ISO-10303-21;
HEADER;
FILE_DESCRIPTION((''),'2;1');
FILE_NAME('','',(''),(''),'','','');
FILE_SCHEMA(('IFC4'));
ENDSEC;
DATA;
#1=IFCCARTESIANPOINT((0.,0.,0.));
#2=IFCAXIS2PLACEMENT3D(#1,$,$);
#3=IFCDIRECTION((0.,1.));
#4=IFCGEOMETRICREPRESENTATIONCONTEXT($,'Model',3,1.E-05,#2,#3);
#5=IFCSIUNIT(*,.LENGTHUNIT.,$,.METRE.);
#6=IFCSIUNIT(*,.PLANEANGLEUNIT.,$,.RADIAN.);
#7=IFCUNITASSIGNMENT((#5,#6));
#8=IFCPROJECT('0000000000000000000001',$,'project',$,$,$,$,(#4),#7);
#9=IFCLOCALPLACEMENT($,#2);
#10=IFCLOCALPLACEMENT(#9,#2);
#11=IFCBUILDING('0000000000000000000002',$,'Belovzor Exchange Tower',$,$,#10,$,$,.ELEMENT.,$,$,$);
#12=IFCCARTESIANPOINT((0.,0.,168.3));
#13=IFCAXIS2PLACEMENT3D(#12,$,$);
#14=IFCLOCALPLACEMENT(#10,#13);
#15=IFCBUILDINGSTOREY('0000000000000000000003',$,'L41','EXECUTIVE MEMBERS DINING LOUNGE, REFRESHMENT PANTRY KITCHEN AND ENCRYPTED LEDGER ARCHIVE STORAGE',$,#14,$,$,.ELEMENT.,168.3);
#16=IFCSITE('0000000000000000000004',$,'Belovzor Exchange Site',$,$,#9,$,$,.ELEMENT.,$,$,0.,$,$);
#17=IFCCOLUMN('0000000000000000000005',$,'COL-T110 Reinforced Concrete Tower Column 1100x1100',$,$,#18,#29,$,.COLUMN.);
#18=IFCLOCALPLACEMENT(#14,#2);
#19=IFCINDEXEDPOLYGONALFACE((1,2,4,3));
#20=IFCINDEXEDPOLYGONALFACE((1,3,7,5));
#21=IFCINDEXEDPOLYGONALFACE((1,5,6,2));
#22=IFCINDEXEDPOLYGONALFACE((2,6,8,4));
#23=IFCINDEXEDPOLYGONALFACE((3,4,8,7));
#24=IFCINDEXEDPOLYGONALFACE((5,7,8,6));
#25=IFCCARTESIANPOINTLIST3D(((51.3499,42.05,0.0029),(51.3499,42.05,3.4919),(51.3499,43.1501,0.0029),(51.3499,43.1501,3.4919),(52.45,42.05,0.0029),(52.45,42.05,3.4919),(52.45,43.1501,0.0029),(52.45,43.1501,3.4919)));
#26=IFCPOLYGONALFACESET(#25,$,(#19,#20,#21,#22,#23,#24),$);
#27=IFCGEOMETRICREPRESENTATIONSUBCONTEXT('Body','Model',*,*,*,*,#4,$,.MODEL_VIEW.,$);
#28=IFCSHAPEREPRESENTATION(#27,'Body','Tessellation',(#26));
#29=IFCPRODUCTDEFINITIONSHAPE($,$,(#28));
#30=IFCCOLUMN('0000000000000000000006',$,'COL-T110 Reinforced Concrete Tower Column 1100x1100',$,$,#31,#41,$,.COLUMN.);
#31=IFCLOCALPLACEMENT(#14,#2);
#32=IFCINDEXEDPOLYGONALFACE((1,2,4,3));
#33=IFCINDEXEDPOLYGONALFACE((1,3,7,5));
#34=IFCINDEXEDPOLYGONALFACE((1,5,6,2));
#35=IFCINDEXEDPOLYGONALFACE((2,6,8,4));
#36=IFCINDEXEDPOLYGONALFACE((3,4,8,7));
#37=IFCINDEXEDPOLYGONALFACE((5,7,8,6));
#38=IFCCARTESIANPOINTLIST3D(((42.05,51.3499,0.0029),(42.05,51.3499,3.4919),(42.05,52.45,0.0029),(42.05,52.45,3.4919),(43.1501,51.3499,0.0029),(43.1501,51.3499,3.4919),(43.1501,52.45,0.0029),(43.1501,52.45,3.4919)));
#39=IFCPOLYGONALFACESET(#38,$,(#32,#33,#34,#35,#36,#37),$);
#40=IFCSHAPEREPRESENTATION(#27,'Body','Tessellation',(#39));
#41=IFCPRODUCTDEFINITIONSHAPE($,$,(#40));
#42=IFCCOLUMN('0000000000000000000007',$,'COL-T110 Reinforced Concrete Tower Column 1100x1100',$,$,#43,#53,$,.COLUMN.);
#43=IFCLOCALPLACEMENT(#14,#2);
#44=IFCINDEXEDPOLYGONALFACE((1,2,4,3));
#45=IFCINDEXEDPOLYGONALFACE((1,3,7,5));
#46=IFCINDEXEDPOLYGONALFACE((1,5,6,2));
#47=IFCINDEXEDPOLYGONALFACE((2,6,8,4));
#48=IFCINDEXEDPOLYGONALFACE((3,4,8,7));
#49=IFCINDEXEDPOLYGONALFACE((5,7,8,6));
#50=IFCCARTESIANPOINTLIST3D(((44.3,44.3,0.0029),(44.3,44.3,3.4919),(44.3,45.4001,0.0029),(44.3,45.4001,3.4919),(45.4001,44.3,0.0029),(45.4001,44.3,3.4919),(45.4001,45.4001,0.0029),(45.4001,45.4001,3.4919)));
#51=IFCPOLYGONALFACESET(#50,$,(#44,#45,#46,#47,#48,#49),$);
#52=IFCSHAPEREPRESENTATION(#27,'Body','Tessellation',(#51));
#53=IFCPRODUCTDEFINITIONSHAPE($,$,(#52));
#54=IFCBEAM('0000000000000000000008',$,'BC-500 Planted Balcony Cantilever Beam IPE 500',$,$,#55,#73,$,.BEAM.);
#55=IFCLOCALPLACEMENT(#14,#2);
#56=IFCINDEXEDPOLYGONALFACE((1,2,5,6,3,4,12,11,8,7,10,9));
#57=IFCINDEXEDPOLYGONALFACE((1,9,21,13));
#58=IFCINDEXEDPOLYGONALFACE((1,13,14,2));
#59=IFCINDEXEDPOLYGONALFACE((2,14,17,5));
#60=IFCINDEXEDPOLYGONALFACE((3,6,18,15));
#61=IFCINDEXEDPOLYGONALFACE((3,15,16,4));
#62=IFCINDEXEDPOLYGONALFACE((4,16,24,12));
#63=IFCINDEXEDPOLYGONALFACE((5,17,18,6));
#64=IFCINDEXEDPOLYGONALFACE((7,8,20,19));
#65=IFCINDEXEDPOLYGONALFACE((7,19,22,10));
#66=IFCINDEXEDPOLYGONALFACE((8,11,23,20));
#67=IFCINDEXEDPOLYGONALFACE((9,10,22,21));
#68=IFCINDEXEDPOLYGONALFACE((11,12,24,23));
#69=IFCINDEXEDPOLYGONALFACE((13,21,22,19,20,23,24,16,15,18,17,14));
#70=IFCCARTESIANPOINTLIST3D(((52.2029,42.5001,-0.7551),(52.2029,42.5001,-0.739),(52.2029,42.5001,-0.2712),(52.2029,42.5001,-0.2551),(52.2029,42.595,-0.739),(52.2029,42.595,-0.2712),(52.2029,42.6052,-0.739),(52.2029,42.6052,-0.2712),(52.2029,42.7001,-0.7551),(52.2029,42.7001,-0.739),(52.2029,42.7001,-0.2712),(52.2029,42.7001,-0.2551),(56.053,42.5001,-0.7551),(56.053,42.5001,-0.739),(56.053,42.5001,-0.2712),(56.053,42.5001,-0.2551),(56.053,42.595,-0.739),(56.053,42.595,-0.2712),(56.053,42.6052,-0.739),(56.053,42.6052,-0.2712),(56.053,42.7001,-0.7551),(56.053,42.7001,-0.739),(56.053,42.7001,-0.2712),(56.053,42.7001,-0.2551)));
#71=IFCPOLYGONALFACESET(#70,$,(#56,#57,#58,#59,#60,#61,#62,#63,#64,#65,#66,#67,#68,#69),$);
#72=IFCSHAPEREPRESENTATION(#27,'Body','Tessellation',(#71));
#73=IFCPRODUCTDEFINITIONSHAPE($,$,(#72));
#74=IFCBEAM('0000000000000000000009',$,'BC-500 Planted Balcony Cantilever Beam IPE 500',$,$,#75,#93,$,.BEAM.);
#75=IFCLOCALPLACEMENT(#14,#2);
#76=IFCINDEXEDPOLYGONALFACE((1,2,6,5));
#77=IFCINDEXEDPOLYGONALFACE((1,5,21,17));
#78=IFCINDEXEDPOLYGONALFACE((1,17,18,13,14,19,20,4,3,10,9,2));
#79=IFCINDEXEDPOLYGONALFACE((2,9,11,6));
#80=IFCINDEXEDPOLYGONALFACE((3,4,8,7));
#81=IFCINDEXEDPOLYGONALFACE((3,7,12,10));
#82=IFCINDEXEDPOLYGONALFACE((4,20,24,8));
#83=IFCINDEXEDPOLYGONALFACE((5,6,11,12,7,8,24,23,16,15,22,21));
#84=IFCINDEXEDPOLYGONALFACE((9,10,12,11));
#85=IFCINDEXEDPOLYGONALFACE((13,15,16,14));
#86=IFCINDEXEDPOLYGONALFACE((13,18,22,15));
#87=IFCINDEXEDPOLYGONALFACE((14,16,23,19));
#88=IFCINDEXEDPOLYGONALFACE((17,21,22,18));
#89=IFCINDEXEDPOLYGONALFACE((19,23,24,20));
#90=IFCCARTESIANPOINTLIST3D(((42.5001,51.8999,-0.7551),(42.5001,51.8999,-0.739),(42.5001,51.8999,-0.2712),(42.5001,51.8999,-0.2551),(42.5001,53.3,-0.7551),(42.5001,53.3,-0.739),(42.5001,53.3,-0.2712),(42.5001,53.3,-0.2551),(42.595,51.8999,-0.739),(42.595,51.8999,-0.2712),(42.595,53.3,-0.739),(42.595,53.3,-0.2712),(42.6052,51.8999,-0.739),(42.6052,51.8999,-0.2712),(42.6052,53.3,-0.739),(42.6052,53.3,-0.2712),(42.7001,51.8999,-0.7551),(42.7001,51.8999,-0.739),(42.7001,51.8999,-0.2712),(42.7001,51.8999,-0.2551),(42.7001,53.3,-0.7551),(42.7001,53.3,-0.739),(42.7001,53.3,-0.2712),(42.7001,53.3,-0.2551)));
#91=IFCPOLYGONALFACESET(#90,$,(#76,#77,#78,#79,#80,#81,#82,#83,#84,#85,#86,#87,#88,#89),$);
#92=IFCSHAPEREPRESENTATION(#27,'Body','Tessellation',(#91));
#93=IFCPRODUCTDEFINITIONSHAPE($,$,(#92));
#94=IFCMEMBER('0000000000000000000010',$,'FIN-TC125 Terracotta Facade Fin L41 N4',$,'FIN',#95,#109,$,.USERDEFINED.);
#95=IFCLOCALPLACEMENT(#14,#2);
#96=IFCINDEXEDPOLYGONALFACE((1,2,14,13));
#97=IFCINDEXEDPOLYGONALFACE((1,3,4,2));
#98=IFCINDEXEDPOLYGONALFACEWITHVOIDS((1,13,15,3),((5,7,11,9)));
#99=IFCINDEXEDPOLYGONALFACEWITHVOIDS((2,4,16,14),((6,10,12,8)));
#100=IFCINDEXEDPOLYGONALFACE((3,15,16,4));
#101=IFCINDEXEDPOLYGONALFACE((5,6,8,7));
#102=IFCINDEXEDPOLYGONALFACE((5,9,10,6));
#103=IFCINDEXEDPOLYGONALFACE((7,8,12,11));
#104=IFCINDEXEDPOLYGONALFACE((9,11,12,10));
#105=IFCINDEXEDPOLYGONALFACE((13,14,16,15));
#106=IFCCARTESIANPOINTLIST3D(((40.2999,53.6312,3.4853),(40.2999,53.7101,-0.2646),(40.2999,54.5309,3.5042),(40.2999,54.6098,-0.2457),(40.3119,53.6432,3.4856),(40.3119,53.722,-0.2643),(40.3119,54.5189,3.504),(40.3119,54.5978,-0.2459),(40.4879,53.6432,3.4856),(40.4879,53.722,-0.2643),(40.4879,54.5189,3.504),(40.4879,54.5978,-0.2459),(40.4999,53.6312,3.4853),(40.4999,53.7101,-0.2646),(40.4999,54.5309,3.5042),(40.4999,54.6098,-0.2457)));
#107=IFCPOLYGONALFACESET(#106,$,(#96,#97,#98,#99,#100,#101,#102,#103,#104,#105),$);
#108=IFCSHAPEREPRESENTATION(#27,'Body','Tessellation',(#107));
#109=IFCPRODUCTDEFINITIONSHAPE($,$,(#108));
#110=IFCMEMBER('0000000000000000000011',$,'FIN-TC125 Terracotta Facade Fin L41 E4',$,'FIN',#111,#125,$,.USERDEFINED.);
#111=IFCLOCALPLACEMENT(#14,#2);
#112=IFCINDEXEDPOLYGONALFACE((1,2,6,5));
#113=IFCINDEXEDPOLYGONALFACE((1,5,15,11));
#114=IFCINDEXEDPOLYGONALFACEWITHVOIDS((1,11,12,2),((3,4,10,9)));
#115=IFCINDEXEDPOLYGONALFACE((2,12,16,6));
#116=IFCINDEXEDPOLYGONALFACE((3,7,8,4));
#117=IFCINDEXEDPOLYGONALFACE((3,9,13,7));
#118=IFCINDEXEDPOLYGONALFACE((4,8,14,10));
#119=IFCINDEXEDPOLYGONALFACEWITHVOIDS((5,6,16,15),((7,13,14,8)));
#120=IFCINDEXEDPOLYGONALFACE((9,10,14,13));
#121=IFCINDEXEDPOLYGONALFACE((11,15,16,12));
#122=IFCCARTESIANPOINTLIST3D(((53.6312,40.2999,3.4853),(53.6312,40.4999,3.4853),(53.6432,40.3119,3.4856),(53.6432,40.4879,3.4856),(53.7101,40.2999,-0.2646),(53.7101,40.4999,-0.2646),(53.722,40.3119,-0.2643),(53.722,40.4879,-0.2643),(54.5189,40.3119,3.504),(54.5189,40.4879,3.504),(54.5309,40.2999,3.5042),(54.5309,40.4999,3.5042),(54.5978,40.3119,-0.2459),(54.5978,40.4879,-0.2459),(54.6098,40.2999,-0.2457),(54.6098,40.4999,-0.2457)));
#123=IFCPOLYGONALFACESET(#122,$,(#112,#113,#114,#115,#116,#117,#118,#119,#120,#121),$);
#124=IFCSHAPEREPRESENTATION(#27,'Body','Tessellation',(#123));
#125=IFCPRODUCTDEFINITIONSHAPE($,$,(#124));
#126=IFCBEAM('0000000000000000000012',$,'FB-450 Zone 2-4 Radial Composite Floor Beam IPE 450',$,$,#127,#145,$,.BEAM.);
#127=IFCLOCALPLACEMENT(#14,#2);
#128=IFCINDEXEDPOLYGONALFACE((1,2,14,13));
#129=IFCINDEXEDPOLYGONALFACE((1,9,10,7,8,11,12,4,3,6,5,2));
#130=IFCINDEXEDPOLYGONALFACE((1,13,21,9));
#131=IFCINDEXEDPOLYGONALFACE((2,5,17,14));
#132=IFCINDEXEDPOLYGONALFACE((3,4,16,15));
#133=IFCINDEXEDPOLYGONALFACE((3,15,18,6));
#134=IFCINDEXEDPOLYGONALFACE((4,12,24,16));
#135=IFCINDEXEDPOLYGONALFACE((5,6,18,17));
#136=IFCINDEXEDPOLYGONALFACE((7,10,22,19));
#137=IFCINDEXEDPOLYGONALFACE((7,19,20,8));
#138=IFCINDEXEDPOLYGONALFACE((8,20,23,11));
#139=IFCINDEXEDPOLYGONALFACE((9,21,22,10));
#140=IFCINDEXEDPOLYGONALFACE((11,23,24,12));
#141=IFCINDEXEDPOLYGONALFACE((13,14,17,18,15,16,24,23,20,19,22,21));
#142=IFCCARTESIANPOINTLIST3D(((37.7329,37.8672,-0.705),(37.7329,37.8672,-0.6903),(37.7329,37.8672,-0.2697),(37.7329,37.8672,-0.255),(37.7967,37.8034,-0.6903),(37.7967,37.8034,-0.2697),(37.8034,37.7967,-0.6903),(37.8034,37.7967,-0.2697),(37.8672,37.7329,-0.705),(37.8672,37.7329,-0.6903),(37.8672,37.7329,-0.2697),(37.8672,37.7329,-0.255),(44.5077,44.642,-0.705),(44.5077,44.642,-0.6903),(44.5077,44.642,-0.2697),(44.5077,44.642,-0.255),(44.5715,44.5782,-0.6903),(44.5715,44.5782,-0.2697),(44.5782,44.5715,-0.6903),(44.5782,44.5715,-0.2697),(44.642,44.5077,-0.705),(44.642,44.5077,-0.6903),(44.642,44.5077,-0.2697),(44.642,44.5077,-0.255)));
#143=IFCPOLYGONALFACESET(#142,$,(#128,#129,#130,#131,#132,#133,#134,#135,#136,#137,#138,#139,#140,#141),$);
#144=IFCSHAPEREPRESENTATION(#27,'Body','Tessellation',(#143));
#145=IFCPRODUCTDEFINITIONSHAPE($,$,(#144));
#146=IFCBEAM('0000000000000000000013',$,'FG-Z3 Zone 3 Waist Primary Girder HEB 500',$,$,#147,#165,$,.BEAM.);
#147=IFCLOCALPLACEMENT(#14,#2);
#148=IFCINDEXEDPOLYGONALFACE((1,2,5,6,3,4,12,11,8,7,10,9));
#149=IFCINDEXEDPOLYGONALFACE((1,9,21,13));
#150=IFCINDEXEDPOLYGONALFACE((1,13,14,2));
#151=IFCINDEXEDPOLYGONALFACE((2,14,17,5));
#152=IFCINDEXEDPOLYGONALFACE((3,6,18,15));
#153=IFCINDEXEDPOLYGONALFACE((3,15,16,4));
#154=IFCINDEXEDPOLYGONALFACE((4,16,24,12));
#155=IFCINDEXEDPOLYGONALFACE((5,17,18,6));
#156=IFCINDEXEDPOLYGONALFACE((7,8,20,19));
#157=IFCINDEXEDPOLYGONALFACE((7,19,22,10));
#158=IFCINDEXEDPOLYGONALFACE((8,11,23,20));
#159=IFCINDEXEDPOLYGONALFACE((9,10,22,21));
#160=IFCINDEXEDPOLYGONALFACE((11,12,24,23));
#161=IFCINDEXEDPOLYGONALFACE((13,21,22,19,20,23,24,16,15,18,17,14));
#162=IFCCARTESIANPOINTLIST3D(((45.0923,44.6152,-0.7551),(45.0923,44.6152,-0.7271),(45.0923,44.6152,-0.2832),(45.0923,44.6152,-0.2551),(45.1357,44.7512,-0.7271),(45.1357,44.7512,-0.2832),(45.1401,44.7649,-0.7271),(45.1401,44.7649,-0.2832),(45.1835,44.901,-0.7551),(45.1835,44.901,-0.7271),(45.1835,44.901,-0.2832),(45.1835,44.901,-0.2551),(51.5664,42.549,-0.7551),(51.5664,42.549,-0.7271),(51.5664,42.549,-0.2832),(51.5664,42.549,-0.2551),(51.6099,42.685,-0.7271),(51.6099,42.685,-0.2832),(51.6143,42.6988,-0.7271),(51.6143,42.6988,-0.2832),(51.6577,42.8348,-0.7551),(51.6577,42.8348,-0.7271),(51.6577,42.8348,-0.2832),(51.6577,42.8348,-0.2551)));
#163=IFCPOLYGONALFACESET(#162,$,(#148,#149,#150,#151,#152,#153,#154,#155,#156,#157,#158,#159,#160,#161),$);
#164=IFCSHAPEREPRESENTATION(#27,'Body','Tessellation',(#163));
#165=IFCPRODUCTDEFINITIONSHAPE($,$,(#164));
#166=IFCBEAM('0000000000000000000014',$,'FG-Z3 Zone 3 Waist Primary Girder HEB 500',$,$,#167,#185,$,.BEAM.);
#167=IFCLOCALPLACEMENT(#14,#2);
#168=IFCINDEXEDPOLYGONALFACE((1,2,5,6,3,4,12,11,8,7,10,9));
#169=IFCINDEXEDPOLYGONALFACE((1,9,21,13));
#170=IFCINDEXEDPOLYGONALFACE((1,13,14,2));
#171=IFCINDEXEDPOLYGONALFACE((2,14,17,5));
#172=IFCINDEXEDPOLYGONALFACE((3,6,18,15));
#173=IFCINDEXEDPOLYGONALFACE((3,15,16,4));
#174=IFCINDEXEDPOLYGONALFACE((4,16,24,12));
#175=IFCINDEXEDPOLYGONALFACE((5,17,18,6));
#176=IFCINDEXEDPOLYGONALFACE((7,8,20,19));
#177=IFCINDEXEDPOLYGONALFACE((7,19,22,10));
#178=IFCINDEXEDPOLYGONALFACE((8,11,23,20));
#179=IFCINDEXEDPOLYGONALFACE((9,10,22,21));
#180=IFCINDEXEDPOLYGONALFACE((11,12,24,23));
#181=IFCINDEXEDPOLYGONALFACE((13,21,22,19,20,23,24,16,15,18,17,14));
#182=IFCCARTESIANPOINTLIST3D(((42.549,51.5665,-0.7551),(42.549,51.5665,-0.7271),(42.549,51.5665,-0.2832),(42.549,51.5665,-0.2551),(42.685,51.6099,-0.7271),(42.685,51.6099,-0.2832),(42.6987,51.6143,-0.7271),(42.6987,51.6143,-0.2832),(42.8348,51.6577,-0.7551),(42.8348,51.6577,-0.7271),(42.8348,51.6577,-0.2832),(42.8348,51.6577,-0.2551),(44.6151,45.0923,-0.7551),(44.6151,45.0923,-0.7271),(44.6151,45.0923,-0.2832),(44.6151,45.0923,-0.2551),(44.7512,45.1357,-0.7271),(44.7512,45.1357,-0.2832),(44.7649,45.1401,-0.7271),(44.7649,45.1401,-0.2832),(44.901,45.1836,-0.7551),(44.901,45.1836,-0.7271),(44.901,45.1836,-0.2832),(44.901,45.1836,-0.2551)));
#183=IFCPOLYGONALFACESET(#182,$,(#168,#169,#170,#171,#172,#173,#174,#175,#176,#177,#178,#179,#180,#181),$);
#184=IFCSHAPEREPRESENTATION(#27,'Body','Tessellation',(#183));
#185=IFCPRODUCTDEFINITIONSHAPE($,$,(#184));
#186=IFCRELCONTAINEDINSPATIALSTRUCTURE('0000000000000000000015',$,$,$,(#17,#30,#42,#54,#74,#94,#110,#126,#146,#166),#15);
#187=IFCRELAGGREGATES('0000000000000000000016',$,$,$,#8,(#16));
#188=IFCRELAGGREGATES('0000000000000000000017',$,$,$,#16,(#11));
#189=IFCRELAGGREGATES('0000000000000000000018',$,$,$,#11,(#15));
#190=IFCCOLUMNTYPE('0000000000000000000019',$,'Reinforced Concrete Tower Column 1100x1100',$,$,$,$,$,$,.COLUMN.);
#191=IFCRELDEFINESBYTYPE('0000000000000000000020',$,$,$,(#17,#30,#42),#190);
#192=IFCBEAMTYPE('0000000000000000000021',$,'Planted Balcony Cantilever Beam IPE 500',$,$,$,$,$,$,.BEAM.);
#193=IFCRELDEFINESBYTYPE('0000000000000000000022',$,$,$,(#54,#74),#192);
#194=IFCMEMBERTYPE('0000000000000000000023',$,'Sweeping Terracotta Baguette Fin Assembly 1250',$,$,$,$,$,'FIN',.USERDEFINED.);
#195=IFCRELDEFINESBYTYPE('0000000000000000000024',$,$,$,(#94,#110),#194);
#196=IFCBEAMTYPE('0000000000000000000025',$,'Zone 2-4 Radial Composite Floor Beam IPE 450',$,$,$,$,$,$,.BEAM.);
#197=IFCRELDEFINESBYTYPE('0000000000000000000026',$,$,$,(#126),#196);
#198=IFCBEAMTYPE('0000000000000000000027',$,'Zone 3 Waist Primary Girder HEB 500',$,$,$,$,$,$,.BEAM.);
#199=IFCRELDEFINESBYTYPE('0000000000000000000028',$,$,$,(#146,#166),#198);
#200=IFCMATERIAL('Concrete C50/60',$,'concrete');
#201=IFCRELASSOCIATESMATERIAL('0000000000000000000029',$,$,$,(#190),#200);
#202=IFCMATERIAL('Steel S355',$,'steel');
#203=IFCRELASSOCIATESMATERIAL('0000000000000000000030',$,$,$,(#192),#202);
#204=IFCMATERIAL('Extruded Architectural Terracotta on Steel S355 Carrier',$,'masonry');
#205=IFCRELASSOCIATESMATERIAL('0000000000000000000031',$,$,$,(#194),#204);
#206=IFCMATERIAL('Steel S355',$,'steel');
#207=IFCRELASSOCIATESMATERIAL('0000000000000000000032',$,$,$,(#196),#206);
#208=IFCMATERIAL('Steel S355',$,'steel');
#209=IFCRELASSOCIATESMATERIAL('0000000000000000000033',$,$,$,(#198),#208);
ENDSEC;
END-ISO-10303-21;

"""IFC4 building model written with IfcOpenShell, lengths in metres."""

from ifc_helpers import new_model, si_unit, direction, frame, origin, origin_2d, place, context, subcontext, project, spatial, rectangle, hollow_rectangle, i_section, extrude, material, material_profile, profile_set, type_object, element, save


model = new_model("IFC4")

# Units and contexts
model_context = context("Model", 3, precision=1e-05, world=origin(), true_north=direction((0.0, 1.0)))
body_context = subcontext(model_context, "Body", "Model", "MODEL_VIEW")
ifc_project = project(units=[si_unit("LENGTHUNIT", "METRE"), si_unit("PLANEANGLEUNIT", "RADIAN")], contexts=[model_context])

# Site, building, storey
site_placement = place(None, origin())
site = spatial("IfcSite", under=ifc_project, at=site_placement, Name="Belovzor Exchange Site", CompositionType="ELEMENT", RefElevation=0.0)
building_placement = place(site_placement, origin())
building = spatial("IfcBuilding", under=site, at=building_placement, Name="Belovzor Exchange Tower", CompositionType="ELEMENT")
storey_placement = place(building_placement, frame((0.0, 0.0, 168.3)))
storey = spatial("IfcBuildingStorey", under=building, at=storey_placement, Name="L41", Description="EXECUTIVE MEMBERS DINING LOUNGE, REFRESHMENT PANTRY KITCHEN AND ENCRYPTED LEDGER ARCHIVE STORAGE", CompositionType="ELEMENT", Elevation=168.3)

# Columns
ifc_material_1 = material(Name="Concrete C50/60", Category="concrete")
ifc_material_profile_1 = material_profile(ifc_material_1, rectangle(XDim=1.1001, YDim=1.1001, at=origin_2d()))
ifc_profile_set_1 = profile_set([ifc_material_profile_1], Name="Concrete C50/60")
column_type = type_object("IfcColumnType", Name="Reinforced Concrete Tower Column 1100x1100", PredefinedType="COLUMN", material=ifc_profile_set_1)
for number, where, z_axis, x_axis, name in (
    (1, (51.8999, 42.6001, 0.0029), (0.0, 0.0, 1.0), (1.0, 0.0, 0.0), "COL-T110 Reinforced Concrete Tower Column 1100x1100"),
    (2, (42.6001, 51.8999, 0.0029), (0.0, 0.0, 1.0), (1.0, 0.0, 0.0), "COL-T110 Reinforced Concrete Tower Column 1100x1100"),
    (3, (44.8501, 44.8501, 0.0029), (0.0, 0.0, 1.0), (1.0, 0.0, 0.0), "COL-T110 Reinforced Concrete Tower Column 1100x1100"),
):
    element("IfcColumn", number, at=place(storey_placement, frame(where, z_axis=z_axis, x_axis=x_axis)), inside=storey, type_object=column_type, Name=name, PredefinedType="COLUMN", context=body_context, shape_type="SweptSolid", body=[
        extrude(rectangle(XDim=1.1001, YDim=1.1001, at=origin_2d()), origin(), (0.0, 0.0, 1.0), 3.489),
    ])

# Beams
ifc_material_2 = material(Name="Steel S355", Category="steel")
ifc_material_profile_2 = material_profile(ifc_material_2, i_section(OverallWidth=0.2, OverallDepth=0.5, WebThickness=0.0103, FlangeThickness=0.0161, at=origin_2d()))
ifc_profile_set_2 = profile_set([ifc_material_profile_2], Name="Steel S355")
beam_type_1 = type_object("IfcBeamType", Name="Planted Balcony Cantilever Beam IPE 500", PredefinedType="BEAM", material=ifc_profile_set_2)
beam_1_placement = place(storey_placement, frame((52.2029, 42.6001, -0.5051), z_axis=(1.0, 0.0, 0.0), x_axis=(0.0, 1.0, 0.0)))
element("IfcBeam", 4, at=beam_1_placement, inside=storey, type_object=beam_type_1, Name="BC-500 Planted Balcony Cantilever Beam IPE 500", PredefinedType="BEAM", context=body_context, shape_type="SweptSolid", body=[
    extrude(i_section(OverallWidth=0.2, OverallDepth=0.5, WebThickness=0.0103, FlangeThickness=0.0161, at=origin_2d()), origin(), (0.0, 0.0, 1.0), 3.8501),
])
beam_2_placement = place(storey_placement, frame((42.6001, 51.8999, -0.5051), z_axis=(0.0, 1.0, 0.0), x_axis=(-1.0, 0.0, 0.0)))
element("IfcBeam", 5, at=beam_2_placement, inside=storey, type_object=beam_type_1, Name="BC-500 Planted Balcony Cantilever Beam IPE 500", PredefinedType="BEAM", context=body_context, shape_type="SweptSolid", body=[
    extrude(i_section(OverallWidth=0.2, OverallDepth=0.5, WebThickness=0.0103, FlangeThickness=0.0161, at=origin_2d()), origin(), (0.0, 0.0, 1.0), 1.4001),
])

# Members
ifc_material_3 = material(Name="Extruded Architectural Terracotta on Steel S355 Carrier", Category="masonry")
ifc_material_profile_3 = material_profile(ifc_material_3, hollow_rectangle(XDim=0.2, YDim=0.8999, WallThickness=0.012, at=origin_2d()))
ifc_profile_set_3 = profile_set([ifc_material_profile_3], Name="Extruded Architectural Terracotta on Steel S355 Carrier")
member_type = type_object("IfcMemberType", Name="Sweeping Terracotta Baguette Fin Assembly 1250", ElementType="FIN", PredefinedType="USERDEFINED", material=ifc_profile_set_3)
for number, where, z_axis, x_axis, name in (
    (6, (40.3999, 54.1599, -0.2551), (0.0, -0.021024, 0.999779), (1.0, 0.0, 0.0), "FIN-TC125 Terracotta Facade Fin L41 N4"),
    (7, (54.1599, 40.3999, -0.2551), (-0.021024, 0.0, 0.999779), (0.0, -1.0, 0.0), "FIN-TC125 Terracotta Facade Fin L41 E4"),
):
    element("IfcMember", number, at=place(storey_placement, frame(where, z_axis=z_axis, x_axis=x_axis)), inside=storey, type_object=member_type, Name=name, ObjectType="FIN", PredefinedType="USERDEFINED", context=body_context, shape_type="SweptSolid", body=[
        extrude(hollow_rectangle(XDim=0.2, YDim=0.8999, WallThickness=0.012, at=origin_2d()), origin(), (0.0, 0.0, 1.0), 3.7507),
    ])

# Beams
ifc_material_4 = material(Name="Steel S355", Category="steel")
ifc_material_profile_4 = material_profile(ifc_material_4, i_section(OverallWidth=0.1899, OverallDepth=0.45, WebThickness=0.0095, FlangeThickness=0.0146, at=origin_2d()))
ifc_profile_set_4 = profile_set([ifc_material_profile_4], Name="Steel S355")
beam_type_2 = type_object("IfcBeamType", Name="Zone 2-4 Radial Composite Floor Beam IPE 450", PredefinedType="BEAM", material=ifc_profile_set_4)
beam_3_placement = place(storey_placement, frame((37.8, 37.8, -0.48), z_axis=(0.707107, 0.707107, 0.0), x_axis=(-0.707107, 0.707107, 0.0)))
element("IfcBeam", 8, at=beam_3_placement, inside=storey, type_object=beam_type_2, Name="FB-450 Zone 2-4 Radial Composite Floor Beam IPE 450", PredefinedType="BEAM", context=body_context, shape_type="SweptSolid", body=[
    extrude(i_section(OverallWidth=0.1899, OverallDepth=0.45, WebThickness=0.0095, FlangeThickness=0.0146, at=origin_2d()), origin(), (0.0, 0.0, 1.0), 9.5811),
])
ifc_material_5 = material(Name="Steel S355", Category="steel")
ifc_material_profile_5 = material_profile(ifc_material_5, i_section(OverallWidth=0.3, OverallDepth=0.5, WebThickness=0.0144, FlangeThickness=0.0281, at=origin_2d()))
ifc_profile_set_5 = profile_set([ifc_material_profile_5], Name="Steel S355")
beam_type_3 = type_object("IfcBeamType", Name="Zone 3 Waist Primary Girder HEB 500", PredefinedType="BEAM", material=ifc_profile_set_5)
for number, where, z_axis, x_axis, name in (
    (9, (51.6121, 42.6919, -0.5051), (-0.952661, 0.304034, 0.0), (-0.304034, -0.952661, 0.0), "FG-Z3 Zone 3 Waist Primary Girder HEB 500"),
    (10, (44.7581, 45.1379, -0.5051), (-0.304034, 0.952661, 0.0), (-0.952661, -0.304034, 0.0), "FG-Z3 Zone 3 Waist Primary Girder HEB 500"),
):
    element("IfcBeam", number, at=place(storey_placement, frame(where, z_axis=z_axis, x_axis=x_axis)), inside=storey, type_object=beam_type_3, Name=name, PredefinedType="BEAM", context=body_context, shape_type="SweptSolid", body=[
        extrude(i_section(OverallWidth=0.3, OverallDepth=0.5, WebThickness=0.0144, FlangeThickness=0.0281, at=origin_2d()), origin(), (0.0, 0.0, 1.0), 6.7959),
    ])

save(model, "model.ifc")
